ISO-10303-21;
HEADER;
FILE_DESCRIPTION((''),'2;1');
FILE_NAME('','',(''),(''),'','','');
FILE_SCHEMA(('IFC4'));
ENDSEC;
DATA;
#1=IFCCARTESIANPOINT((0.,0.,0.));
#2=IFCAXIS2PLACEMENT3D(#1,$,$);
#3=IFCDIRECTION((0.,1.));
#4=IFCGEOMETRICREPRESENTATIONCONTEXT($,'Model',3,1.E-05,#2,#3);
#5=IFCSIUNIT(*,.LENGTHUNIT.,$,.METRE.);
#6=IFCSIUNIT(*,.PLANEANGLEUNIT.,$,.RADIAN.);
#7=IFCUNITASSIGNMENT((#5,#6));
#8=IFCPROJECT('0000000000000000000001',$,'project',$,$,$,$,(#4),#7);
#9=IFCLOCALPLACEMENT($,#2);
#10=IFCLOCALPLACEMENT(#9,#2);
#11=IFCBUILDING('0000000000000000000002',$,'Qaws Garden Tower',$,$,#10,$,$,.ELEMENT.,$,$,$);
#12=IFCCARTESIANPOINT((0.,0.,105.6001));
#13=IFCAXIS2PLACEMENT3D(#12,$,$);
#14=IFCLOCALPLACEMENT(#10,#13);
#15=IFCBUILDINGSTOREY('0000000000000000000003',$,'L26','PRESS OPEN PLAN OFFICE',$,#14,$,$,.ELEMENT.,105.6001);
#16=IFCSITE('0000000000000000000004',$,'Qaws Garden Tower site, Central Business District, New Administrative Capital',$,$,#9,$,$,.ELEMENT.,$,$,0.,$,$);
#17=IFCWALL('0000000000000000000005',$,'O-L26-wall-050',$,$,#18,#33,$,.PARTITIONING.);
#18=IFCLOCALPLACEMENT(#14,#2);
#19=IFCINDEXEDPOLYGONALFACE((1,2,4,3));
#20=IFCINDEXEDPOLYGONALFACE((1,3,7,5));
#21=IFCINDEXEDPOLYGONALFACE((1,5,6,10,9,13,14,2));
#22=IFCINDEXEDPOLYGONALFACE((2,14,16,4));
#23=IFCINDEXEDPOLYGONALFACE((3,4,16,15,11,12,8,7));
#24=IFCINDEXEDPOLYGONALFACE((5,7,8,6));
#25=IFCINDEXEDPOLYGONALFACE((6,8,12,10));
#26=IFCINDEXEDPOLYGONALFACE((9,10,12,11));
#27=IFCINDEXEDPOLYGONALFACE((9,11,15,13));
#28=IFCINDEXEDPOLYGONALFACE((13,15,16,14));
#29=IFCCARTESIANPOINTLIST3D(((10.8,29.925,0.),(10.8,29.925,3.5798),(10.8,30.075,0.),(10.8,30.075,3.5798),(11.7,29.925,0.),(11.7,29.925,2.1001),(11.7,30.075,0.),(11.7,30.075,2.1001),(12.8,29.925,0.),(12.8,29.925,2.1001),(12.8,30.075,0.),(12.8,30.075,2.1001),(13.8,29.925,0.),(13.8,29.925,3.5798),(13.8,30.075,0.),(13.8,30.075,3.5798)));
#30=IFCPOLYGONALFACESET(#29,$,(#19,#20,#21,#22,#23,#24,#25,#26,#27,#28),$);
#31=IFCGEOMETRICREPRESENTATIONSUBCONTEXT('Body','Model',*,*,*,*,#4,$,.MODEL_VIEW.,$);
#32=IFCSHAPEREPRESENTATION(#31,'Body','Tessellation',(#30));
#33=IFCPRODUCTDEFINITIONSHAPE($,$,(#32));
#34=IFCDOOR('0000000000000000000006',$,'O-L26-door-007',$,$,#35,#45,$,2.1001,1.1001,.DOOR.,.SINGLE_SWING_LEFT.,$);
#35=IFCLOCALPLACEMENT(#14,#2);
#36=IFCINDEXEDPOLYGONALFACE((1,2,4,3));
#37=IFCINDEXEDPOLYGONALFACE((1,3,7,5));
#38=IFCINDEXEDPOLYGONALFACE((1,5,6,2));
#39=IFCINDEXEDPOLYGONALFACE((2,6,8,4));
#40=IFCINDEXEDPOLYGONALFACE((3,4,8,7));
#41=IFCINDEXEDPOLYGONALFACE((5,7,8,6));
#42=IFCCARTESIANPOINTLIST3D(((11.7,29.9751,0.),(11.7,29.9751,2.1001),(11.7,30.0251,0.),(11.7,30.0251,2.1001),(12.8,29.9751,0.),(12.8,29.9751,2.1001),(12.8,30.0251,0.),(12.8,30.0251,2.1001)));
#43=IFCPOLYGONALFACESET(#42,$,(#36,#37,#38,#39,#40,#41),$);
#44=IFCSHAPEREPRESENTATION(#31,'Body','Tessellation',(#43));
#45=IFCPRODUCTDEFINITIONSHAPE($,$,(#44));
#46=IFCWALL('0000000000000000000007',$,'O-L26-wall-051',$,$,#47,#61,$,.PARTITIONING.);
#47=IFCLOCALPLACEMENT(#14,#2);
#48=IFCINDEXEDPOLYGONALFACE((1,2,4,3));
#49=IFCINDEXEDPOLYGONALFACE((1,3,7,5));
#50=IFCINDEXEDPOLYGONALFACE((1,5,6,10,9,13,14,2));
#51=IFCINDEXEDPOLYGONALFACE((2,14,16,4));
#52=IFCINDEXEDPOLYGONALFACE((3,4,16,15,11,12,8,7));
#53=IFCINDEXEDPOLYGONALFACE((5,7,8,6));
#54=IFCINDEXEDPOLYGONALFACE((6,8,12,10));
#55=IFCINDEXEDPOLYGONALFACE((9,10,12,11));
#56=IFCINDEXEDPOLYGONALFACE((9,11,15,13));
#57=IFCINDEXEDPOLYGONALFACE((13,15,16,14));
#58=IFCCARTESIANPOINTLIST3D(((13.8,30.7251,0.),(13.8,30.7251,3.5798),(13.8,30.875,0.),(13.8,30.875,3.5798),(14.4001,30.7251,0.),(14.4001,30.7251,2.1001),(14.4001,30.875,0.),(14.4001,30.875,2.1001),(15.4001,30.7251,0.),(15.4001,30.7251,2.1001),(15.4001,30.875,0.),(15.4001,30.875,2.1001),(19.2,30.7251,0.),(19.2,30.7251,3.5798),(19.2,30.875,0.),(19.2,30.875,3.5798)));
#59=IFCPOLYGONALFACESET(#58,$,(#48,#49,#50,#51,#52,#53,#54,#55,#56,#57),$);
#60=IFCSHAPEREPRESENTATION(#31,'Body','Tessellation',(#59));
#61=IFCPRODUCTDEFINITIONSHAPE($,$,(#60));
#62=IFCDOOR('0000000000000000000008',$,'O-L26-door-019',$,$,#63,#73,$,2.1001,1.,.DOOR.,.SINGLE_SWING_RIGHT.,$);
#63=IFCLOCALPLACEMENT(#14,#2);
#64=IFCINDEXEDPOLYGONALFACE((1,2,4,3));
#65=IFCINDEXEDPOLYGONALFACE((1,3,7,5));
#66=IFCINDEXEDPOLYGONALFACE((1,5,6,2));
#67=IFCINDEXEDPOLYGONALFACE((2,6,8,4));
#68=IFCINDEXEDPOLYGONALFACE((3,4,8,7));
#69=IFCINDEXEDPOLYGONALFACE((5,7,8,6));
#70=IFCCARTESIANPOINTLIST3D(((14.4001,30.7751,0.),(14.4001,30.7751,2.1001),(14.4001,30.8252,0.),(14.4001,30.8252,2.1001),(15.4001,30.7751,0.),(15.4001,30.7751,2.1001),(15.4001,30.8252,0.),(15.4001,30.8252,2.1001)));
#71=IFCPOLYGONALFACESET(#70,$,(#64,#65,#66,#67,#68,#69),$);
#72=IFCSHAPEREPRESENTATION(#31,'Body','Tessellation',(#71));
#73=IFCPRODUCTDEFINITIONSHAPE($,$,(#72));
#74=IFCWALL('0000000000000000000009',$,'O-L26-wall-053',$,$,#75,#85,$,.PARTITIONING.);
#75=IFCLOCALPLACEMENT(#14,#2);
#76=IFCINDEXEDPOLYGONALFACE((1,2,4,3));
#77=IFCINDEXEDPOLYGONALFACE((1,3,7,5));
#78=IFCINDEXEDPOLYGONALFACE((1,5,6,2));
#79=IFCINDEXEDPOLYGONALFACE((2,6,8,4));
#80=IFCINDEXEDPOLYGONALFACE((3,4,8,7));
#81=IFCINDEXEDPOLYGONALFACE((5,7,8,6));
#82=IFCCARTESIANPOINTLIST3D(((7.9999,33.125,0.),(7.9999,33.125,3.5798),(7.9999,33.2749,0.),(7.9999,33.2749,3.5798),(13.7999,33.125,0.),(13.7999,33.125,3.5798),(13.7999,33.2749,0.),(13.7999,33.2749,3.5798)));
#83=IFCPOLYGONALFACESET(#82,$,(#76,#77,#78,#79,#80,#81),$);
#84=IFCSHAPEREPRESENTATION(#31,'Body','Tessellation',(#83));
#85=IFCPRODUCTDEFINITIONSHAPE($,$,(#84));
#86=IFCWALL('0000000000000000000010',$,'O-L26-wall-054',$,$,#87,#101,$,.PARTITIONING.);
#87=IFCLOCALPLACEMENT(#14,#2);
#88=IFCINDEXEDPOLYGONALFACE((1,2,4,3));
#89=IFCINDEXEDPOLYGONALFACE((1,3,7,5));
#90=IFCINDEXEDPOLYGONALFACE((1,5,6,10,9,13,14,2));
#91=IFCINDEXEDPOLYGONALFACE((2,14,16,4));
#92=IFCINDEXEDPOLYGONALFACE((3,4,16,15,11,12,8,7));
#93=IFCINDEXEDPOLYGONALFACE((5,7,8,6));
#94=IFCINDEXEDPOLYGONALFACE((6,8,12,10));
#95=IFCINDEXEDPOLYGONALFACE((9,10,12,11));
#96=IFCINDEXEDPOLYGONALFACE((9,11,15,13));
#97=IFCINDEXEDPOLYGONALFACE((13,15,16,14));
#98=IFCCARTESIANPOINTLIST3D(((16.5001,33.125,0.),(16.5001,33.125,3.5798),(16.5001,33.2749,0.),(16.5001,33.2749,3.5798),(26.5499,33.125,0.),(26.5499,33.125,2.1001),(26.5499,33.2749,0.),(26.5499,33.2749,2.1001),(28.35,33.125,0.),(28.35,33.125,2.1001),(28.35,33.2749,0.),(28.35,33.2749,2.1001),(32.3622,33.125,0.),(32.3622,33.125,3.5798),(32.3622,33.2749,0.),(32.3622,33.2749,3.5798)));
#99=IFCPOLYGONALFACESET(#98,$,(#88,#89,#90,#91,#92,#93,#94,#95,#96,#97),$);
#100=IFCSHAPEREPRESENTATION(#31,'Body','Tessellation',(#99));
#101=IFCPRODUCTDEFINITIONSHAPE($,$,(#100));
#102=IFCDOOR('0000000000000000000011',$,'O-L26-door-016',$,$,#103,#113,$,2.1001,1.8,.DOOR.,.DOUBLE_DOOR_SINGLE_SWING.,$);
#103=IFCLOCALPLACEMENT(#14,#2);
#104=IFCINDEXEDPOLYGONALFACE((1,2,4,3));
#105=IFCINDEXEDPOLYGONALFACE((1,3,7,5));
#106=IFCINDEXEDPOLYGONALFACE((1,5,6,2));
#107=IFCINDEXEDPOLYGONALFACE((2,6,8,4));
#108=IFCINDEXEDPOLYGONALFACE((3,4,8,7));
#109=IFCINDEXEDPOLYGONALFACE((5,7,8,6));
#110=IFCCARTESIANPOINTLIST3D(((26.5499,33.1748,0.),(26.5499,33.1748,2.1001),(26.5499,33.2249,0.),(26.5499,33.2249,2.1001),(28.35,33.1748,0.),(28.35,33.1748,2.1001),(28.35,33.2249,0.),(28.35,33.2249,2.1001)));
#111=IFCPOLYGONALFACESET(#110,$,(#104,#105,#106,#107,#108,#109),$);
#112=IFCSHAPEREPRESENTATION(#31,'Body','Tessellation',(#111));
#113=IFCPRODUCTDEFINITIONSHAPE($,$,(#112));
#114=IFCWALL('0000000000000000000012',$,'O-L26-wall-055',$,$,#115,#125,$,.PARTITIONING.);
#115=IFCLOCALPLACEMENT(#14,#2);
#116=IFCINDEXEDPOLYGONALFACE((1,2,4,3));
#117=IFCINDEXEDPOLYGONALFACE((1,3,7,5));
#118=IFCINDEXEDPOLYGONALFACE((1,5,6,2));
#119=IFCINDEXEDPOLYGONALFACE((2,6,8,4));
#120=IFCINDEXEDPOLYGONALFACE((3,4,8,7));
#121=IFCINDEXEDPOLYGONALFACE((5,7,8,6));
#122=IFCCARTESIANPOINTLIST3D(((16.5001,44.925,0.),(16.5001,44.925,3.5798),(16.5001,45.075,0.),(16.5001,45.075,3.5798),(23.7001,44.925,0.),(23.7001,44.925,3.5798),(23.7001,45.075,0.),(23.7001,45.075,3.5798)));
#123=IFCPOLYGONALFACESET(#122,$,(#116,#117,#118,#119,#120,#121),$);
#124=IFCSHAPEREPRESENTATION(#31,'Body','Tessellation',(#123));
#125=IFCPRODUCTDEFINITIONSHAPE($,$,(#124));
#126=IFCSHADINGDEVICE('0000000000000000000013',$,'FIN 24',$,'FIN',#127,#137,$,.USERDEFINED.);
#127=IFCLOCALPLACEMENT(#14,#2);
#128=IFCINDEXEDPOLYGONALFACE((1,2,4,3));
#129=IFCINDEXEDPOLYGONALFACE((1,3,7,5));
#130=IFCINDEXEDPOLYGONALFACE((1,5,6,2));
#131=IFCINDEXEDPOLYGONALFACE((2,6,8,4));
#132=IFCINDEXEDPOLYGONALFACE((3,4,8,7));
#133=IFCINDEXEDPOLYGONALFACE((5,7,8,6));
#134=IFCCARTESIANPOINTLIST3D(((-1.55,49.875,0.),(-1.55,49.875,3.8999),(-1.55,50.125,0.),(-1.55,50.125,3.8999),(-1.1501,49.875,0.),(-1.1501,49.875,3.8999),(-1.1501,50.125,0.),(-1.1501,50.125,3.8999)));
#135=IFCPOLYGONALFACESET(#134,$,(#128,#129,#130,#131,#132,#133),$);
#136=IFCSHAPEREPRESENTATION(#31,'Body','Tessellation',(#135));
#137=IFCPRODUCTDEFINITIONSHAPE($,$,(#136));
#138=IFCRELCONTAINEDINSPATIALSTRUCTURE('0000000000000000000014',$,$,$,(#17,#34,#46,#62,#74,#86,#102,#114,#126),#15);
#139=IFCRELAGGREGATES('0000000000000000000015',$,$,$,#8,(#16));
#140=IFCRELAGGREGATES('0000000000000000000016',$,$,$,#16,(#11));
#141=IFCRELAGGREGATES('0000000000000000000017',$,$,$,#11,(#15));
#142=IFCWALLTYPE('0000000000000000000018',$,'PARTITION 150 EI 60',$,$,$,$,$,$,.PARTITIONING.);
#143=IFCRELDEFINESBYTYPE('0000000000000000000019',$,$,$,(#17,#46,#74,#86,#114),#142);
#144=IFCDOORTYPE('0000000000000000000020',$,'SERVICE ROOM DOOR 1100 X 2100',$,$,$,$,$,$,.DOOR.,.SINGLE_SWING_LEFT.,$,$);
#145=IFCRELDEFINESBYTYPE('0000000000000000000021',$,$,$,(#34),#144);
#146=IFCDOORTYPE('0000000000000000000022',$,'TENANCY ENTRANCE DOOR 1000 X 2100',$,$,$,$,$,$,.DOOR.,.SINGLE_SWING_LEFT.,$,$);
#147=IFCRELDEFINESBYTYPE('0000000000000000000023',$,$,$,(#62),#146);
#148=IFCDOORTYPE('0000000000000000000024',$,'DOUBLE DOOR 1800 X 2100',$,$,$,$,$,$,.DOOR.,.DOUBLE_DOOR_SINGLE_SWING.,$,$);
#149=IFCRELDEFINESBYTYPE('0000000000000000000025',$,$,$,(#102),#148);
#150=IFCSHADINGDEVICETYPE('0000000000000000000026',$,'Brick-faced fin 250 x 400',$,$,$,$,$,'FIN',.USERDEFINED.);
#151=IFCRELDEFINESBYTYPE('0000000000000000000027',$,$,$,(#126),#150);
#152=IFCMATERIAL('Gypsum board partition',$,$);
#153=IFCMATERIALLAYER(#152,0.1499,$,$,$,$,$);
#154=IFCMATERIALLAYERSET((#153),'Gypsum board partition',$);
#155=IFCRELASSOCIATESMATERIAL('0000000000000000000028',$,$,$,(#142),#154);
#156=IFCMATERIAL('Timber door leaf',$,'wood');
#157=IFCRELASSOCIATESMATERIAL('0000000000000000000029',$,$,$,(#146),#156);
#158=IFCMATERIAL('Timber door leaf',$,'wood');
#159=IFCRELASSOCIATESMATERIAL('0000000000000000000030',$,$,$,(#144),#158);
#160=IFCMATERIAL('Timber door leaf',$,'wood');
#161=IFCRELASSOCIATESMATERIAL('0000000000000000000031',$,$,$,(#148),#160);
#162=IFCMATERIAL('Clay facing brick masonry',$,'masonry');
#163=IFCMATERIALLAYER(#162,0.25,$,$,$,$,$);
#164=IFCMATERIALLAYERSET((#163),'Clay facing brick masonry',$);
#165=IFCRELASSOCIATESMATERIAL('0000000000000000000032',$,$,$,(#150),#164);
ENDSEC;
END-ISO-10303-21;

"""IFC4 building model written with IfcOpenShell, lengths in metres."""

from ifc_helpers import new_model, si_unit, direction, frame, frame_2d, origin, origin_2d, place, context, subcontext, project, spatial, rectangle, extrude, material, layer, layer_set, type_object, element, fill, save


model = new_model("IFC4")

# Units and contexts
model_context = context("Model", 3, precision=1e-05, world=origin(), true_north=direction((0.0, 1.0)))
body_context = subcontext(model_context, "Body", "Model", "MODEL_VIEW")
ifc_project = project(units=[si_unit("LENGTHUNIT", "METRE"), si_unit("PLANEANGLEUNIT", "RADIAN")], contexts=[model_context])

# Site, building, storey
site_placement = place(None, origin())
site = spatial("IfcSite", under=ifc_project, at=site_placement, Name="Qaws Garden Tower site, Central Business District, New Administrative Capital", CompositionType="ELEMENT", RefElevation=0.0)
building_placement = place(site_placement, origin())
building = spatial("IfcBuilding", under=site, at=building_placement, Name="Qaws Garden Tower", CompositionType="ELEMENT")
storey_placement = place(building_placement, frame((0.0, 0.0, 105.6001)))
storey = spatial("IfcBuildingStorey", under=building, at=storey_placement, Name="L26", Description="PRESS OPEN PLAN OFFICE", CompositionType="ELEMENT", Elevation=105.6001)

# Shared definitions
ifc_material_1 = material(Name="Gypsum board partition")
ifc_layer_1 = layer(ifc_material_1, 0.1499)
ifc_layer_set_1 = layer_set([ifc_layer_1], Name="Gypsum board partition")
wall_type_1 = type_object("IfcWallType", Name="PARTITION 150 EI 60", PredefinedType="PARTITIONING", material=ifc_layer_set_1)
ifc_material_2 = material(Name="Timber door leaf", Category="wood")
door_type_1 = type_object("IfcDoorType", Name="TENANCY ENTRANCE DOOR 1000 X 2100", OperationType="SINGLE_SWING_LEFT", PredefinedType="DOOR", material=ifc_material_2)

# Walls, openings, doors
wall_1_placement = place(storey_placement, frame((10.8, 30.0, 0.0), z_axis=(0.0, 0.0, 1.0), x_axis=(1.0, 0.0, 0.0)))
wall_1 = element("IfcWall", 1, at=wall_1_placement, inside=storey, type_object=wall_type_1, Name="O-L26-wall-050", PredefinedType="PARTITIONING", context=body_context, shape_type="SweptSolid", body=[
    extrude(rectangle(XDim=3.0, YDim=0.1499, at=frame_2d((1.5, 0.0))), origin(), (0.0, 0.0, 1.0), 3.5798),
])
opening_1_placement = place(wall_1_placement, frame((0.8999, 0.0, 0.0)))
opening_1 = element("IfcOpeningElement", 2, at=opening_1_placement, cuts=wall_1, PredefinedType="OPENING", context=body_context, shape_type="SweptSolid", body=[
    extrude(rectangle(XDim=1.1001, YDim=2.1001, at=frame_2d((0.55, 1.05))), frame((0.0, 0.085, 0.0), z_axis=(0.0, -1.0, 0.0), x_axis=(1.0, 0.0, 0.0)), (0.0, 0.0, 1.0), 0.1699),
])
ifc_material_3 = material(Name="Timber door leaf", Category="wood")
door_type_2 = type_object("IfcDoorType", Name="SERVICE ROOM DOOR 1100 X 2100", OperationType="SINGLE_SWING_LEFT", PredefinedType="DOOR", material=ifc_material_3)
door_1_placement = place(opening_1_placement, frame((1.1001, 0.0, 0.0), z_axis=(0.0, 0.0, 1.0), x_axis=(-1.0, 0.0, 0.0)))
door_1 = element("IfcDoor", 3, at=door_1_placement, inside=storey, type_object=door_type_2, Name="O-L26-door-007", OperationType="SINGLE_SWING_LEFT", OverallHeight=2.1001, OverallWidth=1.1001, PredefinedType="DOOR", context=body_context, shape_type="SweptSolid", body=[
    extrude(rectangle(XDim=1.1001, YDim=2.1001, at=frame_2d((0.55, 1.05))), frame((0.0, 0.0249, 0.0), z_axis=(0.0, -1.0, 0.0), x_axis=(1.0, 0.0, 0.0)), (0.0, 0.0, 1.0), 0.05),
])
fill(opening_1, door_1)
wall_2_placement = place(storey_placement, frame((13.8, 30.8, 0.0), z_axis=(0.0, 0.0, 1.0), x_axis=(1.0, 0.0, 0.0)))
wall_2 = element("IfcWall", 4, at=wall_2_placement, inside=storey, type_object=wall_type_1, Name="O-L26-wall-051", PredefinedType="PARTITIONING", context=body_context, shape_type="SweptSolid", body=[
    extrude(rectangle(XDim=5.3999, YDim=0.1499, at=frame_2d((2.7, 0.0))), origin(), (0.0, 0.0, 1.0), 3.5798),
])
opening_2_placement = place(wall_2_placement, frame((0.6001, 0.0, 0.0)))
opening_2 = element("IfcOpeningElement", 5, at=opening_2_placement, cuts=wall_2, PredefinedType="OPENING", context=body_context, shape_type="SweptSolid", body=[
    extrude(rectangle(XDim=1.0, YDim=2.1001, at=frame_2d((0.5, 1.05))), frame((0.0, 0.085, 0.0), z_axis=(0.0, -1.0, 0.0), x_axis=(1.0, 0.0, 0.0)), (0.0, 0.0, 1.0), 0.1699),
])
door_2_placement = place(opening_2_placement, frame((1.0, 0.0, 0.0), z_axis=(0.0, 0.0, 1.0), x_axis=(-1.0, 0.0, 0.0)))
door_2 = element("IfcDoor", 6, at=door_2_placement, inside=storey, type_object=door_type_1, Name="O-L26-door-019", OperationType="SINGLE_SWING_RIGHT", OverallHeight=2.1001, OverallWidth=1.0, PredefinedType="DOOR", context=body_context, shape_type="SweptSolid", body=[
    extrude(rectangle(XDim=1.0, YDim=2.1001, at=frame_2d((0.5, 1.05))), frame((0.0, 0.0249, 0.0), z_axis=(0.0, -1.0, 0.0), x_axis=(1.0, 0.0, 0.0)), (0.0, 0.0, 1.0), 0.05),
])
fill(opening_2, door_2)

# Wall
wall_3_placement = place(storey_placement, frame((8.0, 33.2, 0.0), z_axis=(0.0, 0.0, 1.0), x_axis=(1.0, 0.0, 0.0)))
element("IfcWall", 7, at=wall_3_placement, inside=storey, type_object=wall_type_1, Name="O-L26-wall-053", PredefinedType="PARTITIONING", context=body_context, shape_type="SweptSolid", body=[
    extrude(rectangle(XDim=5.8, YDim=0.1499, at=frame_2d((2.8999, 0.0))), origin(), (0.0, 0.0, 1.0), 3.5798),
])

# Wall, opening, door
wall_4_placement = place(storey_placement, frame((16.5, 33.2, 0.0), z_axis=(0.0, 0.0, 1.0), x_axis=(1.0, 0.0, 0.0)))
wall_4 = element("IfcWall", 8, at=wall_4_placement, inside=storey, type_object=wall_type_1, Name="O-L26-wall-054", PredefinedType="PARTITIONING", context=body_context, shape_type="SweptSolid", body=[
    extrude(rectangle(XDim=15.8621, YDim=0.1499, at=frame_2d((7.9312, 0.0))), origin(), (0.0, 0.0, 1.0), 3.5798),
])
opening_3_placement = place(wall_4_placement, frame((10.05, 0.0, 0.0)))
opening_3 = element("IfcOpeningElement", 9, at=opening_3_placement, cuts=wall_4, PredefinedType="OPENING", context=body_context, shape_type="SweptSolid", body=[
    extrude(rectangle(XDim=1.8, YDim=2.1001, at=frame_2d((0.8999, 1.05))), frame((0.0, 0.085, 0.0), z_axis=(0.0, -1.0, 0.0), x_axis=(1.0, 0.0, 0.0)), (0.0, 0.0, 1.0), 0.1699),
])
ifc_material_4 = material(Name="Timber door leaf", Category="wood")
door_type_3 = type_object("IfcDoorType", Name="DOUBLE DOOR 1800 X 2100", OperationType="DOUBLE_DOOR_SINGLE_SWING", PredefinedType="DOOR", material=ifc_material_4)
door_3_placement = place(opening_3_placement, origin())
door_3 = element("IfcDoor", 10, at=door_3_placement, inside=storey, type_object=door_type_3, Name="O-L26-door-016", OperationType="DOUBLE_DOOR_SINGLE_SWING", OverallHeight=2.1001, OverallWidth=1.8, PredefinedType="DOOR", context=body_context, shape_type="SweptSolid", body=[
    extrude(rectangle(XDim=1.8, YDim=2.1001, at=frame_2d((0.8999, 1.05))), frame((0.0, 0.0249, 0.0), z_axis=(0.0, -1.0, 0.0), x_axis=(1.0, 0.0, 0.0)), (0.0, 0.0, 1.0), 0.05),
])
fill(opening_3, door_3)

# Wall
wall_5_placement = place(storey_placement, frame((16.5, 45.0, 0.0), z_axis=(0.0, 0.0, 1.0), x_axis=(1.0, 0.0, 0.0)))
element("IfcWall", 11, at=wall_5_placement, inside=storey, type_object=wall_type_1, Name="O-L26-wall-055", PredefinedType="PARTITIONING", context=body_context, shape_type="SweptSolid", body=[
    extrude(rectangle(XDim=7.2, YDim=0.1499, at=frame_2d((3.6001, 0.0))), origin(), (0.0, 0.0, 1.0), 3.5798),
])

# Shading device
ifc_material_5 = material(Name="Clay facing brick masonry", Category="masonry")
ifc_layer_2 = layer(ifc_material_5, 0.25)
ifc_layer_set_2 = layer_set([ifc_layer_2], Name="Clay facing brick masonry")
shading_device_type = type_object("IfcShadingDeviceType", Name="Brick-faced fin 250 x 400", ElementType="FIN", PredefinedType="USERDEFINED", material=ifc_layer_set_2)
shading_device_placement = place(storey_placement, frame((-1.3501, 50.0, 0.0), z_axis=(0.0, 0.0, 1.0), x_axis=(0.0, -1.0, 0.0)))
element("IfcShadingDevice", 12, at=shading_device_placement, inside=storey, type_object=shading_device_type, Name="FIN 24", ObjectType="FIN", PredefinedType="USERDEFINED", context=body_context, shape_type="SweptSolid", body=[
    extrude(rectangle(XDim=0.25, YDim=0.3999, at=origin_2d()), origin(), (0.0, 0.0, 1.0), 3.8999),
])

save(model, "model.ifc")
